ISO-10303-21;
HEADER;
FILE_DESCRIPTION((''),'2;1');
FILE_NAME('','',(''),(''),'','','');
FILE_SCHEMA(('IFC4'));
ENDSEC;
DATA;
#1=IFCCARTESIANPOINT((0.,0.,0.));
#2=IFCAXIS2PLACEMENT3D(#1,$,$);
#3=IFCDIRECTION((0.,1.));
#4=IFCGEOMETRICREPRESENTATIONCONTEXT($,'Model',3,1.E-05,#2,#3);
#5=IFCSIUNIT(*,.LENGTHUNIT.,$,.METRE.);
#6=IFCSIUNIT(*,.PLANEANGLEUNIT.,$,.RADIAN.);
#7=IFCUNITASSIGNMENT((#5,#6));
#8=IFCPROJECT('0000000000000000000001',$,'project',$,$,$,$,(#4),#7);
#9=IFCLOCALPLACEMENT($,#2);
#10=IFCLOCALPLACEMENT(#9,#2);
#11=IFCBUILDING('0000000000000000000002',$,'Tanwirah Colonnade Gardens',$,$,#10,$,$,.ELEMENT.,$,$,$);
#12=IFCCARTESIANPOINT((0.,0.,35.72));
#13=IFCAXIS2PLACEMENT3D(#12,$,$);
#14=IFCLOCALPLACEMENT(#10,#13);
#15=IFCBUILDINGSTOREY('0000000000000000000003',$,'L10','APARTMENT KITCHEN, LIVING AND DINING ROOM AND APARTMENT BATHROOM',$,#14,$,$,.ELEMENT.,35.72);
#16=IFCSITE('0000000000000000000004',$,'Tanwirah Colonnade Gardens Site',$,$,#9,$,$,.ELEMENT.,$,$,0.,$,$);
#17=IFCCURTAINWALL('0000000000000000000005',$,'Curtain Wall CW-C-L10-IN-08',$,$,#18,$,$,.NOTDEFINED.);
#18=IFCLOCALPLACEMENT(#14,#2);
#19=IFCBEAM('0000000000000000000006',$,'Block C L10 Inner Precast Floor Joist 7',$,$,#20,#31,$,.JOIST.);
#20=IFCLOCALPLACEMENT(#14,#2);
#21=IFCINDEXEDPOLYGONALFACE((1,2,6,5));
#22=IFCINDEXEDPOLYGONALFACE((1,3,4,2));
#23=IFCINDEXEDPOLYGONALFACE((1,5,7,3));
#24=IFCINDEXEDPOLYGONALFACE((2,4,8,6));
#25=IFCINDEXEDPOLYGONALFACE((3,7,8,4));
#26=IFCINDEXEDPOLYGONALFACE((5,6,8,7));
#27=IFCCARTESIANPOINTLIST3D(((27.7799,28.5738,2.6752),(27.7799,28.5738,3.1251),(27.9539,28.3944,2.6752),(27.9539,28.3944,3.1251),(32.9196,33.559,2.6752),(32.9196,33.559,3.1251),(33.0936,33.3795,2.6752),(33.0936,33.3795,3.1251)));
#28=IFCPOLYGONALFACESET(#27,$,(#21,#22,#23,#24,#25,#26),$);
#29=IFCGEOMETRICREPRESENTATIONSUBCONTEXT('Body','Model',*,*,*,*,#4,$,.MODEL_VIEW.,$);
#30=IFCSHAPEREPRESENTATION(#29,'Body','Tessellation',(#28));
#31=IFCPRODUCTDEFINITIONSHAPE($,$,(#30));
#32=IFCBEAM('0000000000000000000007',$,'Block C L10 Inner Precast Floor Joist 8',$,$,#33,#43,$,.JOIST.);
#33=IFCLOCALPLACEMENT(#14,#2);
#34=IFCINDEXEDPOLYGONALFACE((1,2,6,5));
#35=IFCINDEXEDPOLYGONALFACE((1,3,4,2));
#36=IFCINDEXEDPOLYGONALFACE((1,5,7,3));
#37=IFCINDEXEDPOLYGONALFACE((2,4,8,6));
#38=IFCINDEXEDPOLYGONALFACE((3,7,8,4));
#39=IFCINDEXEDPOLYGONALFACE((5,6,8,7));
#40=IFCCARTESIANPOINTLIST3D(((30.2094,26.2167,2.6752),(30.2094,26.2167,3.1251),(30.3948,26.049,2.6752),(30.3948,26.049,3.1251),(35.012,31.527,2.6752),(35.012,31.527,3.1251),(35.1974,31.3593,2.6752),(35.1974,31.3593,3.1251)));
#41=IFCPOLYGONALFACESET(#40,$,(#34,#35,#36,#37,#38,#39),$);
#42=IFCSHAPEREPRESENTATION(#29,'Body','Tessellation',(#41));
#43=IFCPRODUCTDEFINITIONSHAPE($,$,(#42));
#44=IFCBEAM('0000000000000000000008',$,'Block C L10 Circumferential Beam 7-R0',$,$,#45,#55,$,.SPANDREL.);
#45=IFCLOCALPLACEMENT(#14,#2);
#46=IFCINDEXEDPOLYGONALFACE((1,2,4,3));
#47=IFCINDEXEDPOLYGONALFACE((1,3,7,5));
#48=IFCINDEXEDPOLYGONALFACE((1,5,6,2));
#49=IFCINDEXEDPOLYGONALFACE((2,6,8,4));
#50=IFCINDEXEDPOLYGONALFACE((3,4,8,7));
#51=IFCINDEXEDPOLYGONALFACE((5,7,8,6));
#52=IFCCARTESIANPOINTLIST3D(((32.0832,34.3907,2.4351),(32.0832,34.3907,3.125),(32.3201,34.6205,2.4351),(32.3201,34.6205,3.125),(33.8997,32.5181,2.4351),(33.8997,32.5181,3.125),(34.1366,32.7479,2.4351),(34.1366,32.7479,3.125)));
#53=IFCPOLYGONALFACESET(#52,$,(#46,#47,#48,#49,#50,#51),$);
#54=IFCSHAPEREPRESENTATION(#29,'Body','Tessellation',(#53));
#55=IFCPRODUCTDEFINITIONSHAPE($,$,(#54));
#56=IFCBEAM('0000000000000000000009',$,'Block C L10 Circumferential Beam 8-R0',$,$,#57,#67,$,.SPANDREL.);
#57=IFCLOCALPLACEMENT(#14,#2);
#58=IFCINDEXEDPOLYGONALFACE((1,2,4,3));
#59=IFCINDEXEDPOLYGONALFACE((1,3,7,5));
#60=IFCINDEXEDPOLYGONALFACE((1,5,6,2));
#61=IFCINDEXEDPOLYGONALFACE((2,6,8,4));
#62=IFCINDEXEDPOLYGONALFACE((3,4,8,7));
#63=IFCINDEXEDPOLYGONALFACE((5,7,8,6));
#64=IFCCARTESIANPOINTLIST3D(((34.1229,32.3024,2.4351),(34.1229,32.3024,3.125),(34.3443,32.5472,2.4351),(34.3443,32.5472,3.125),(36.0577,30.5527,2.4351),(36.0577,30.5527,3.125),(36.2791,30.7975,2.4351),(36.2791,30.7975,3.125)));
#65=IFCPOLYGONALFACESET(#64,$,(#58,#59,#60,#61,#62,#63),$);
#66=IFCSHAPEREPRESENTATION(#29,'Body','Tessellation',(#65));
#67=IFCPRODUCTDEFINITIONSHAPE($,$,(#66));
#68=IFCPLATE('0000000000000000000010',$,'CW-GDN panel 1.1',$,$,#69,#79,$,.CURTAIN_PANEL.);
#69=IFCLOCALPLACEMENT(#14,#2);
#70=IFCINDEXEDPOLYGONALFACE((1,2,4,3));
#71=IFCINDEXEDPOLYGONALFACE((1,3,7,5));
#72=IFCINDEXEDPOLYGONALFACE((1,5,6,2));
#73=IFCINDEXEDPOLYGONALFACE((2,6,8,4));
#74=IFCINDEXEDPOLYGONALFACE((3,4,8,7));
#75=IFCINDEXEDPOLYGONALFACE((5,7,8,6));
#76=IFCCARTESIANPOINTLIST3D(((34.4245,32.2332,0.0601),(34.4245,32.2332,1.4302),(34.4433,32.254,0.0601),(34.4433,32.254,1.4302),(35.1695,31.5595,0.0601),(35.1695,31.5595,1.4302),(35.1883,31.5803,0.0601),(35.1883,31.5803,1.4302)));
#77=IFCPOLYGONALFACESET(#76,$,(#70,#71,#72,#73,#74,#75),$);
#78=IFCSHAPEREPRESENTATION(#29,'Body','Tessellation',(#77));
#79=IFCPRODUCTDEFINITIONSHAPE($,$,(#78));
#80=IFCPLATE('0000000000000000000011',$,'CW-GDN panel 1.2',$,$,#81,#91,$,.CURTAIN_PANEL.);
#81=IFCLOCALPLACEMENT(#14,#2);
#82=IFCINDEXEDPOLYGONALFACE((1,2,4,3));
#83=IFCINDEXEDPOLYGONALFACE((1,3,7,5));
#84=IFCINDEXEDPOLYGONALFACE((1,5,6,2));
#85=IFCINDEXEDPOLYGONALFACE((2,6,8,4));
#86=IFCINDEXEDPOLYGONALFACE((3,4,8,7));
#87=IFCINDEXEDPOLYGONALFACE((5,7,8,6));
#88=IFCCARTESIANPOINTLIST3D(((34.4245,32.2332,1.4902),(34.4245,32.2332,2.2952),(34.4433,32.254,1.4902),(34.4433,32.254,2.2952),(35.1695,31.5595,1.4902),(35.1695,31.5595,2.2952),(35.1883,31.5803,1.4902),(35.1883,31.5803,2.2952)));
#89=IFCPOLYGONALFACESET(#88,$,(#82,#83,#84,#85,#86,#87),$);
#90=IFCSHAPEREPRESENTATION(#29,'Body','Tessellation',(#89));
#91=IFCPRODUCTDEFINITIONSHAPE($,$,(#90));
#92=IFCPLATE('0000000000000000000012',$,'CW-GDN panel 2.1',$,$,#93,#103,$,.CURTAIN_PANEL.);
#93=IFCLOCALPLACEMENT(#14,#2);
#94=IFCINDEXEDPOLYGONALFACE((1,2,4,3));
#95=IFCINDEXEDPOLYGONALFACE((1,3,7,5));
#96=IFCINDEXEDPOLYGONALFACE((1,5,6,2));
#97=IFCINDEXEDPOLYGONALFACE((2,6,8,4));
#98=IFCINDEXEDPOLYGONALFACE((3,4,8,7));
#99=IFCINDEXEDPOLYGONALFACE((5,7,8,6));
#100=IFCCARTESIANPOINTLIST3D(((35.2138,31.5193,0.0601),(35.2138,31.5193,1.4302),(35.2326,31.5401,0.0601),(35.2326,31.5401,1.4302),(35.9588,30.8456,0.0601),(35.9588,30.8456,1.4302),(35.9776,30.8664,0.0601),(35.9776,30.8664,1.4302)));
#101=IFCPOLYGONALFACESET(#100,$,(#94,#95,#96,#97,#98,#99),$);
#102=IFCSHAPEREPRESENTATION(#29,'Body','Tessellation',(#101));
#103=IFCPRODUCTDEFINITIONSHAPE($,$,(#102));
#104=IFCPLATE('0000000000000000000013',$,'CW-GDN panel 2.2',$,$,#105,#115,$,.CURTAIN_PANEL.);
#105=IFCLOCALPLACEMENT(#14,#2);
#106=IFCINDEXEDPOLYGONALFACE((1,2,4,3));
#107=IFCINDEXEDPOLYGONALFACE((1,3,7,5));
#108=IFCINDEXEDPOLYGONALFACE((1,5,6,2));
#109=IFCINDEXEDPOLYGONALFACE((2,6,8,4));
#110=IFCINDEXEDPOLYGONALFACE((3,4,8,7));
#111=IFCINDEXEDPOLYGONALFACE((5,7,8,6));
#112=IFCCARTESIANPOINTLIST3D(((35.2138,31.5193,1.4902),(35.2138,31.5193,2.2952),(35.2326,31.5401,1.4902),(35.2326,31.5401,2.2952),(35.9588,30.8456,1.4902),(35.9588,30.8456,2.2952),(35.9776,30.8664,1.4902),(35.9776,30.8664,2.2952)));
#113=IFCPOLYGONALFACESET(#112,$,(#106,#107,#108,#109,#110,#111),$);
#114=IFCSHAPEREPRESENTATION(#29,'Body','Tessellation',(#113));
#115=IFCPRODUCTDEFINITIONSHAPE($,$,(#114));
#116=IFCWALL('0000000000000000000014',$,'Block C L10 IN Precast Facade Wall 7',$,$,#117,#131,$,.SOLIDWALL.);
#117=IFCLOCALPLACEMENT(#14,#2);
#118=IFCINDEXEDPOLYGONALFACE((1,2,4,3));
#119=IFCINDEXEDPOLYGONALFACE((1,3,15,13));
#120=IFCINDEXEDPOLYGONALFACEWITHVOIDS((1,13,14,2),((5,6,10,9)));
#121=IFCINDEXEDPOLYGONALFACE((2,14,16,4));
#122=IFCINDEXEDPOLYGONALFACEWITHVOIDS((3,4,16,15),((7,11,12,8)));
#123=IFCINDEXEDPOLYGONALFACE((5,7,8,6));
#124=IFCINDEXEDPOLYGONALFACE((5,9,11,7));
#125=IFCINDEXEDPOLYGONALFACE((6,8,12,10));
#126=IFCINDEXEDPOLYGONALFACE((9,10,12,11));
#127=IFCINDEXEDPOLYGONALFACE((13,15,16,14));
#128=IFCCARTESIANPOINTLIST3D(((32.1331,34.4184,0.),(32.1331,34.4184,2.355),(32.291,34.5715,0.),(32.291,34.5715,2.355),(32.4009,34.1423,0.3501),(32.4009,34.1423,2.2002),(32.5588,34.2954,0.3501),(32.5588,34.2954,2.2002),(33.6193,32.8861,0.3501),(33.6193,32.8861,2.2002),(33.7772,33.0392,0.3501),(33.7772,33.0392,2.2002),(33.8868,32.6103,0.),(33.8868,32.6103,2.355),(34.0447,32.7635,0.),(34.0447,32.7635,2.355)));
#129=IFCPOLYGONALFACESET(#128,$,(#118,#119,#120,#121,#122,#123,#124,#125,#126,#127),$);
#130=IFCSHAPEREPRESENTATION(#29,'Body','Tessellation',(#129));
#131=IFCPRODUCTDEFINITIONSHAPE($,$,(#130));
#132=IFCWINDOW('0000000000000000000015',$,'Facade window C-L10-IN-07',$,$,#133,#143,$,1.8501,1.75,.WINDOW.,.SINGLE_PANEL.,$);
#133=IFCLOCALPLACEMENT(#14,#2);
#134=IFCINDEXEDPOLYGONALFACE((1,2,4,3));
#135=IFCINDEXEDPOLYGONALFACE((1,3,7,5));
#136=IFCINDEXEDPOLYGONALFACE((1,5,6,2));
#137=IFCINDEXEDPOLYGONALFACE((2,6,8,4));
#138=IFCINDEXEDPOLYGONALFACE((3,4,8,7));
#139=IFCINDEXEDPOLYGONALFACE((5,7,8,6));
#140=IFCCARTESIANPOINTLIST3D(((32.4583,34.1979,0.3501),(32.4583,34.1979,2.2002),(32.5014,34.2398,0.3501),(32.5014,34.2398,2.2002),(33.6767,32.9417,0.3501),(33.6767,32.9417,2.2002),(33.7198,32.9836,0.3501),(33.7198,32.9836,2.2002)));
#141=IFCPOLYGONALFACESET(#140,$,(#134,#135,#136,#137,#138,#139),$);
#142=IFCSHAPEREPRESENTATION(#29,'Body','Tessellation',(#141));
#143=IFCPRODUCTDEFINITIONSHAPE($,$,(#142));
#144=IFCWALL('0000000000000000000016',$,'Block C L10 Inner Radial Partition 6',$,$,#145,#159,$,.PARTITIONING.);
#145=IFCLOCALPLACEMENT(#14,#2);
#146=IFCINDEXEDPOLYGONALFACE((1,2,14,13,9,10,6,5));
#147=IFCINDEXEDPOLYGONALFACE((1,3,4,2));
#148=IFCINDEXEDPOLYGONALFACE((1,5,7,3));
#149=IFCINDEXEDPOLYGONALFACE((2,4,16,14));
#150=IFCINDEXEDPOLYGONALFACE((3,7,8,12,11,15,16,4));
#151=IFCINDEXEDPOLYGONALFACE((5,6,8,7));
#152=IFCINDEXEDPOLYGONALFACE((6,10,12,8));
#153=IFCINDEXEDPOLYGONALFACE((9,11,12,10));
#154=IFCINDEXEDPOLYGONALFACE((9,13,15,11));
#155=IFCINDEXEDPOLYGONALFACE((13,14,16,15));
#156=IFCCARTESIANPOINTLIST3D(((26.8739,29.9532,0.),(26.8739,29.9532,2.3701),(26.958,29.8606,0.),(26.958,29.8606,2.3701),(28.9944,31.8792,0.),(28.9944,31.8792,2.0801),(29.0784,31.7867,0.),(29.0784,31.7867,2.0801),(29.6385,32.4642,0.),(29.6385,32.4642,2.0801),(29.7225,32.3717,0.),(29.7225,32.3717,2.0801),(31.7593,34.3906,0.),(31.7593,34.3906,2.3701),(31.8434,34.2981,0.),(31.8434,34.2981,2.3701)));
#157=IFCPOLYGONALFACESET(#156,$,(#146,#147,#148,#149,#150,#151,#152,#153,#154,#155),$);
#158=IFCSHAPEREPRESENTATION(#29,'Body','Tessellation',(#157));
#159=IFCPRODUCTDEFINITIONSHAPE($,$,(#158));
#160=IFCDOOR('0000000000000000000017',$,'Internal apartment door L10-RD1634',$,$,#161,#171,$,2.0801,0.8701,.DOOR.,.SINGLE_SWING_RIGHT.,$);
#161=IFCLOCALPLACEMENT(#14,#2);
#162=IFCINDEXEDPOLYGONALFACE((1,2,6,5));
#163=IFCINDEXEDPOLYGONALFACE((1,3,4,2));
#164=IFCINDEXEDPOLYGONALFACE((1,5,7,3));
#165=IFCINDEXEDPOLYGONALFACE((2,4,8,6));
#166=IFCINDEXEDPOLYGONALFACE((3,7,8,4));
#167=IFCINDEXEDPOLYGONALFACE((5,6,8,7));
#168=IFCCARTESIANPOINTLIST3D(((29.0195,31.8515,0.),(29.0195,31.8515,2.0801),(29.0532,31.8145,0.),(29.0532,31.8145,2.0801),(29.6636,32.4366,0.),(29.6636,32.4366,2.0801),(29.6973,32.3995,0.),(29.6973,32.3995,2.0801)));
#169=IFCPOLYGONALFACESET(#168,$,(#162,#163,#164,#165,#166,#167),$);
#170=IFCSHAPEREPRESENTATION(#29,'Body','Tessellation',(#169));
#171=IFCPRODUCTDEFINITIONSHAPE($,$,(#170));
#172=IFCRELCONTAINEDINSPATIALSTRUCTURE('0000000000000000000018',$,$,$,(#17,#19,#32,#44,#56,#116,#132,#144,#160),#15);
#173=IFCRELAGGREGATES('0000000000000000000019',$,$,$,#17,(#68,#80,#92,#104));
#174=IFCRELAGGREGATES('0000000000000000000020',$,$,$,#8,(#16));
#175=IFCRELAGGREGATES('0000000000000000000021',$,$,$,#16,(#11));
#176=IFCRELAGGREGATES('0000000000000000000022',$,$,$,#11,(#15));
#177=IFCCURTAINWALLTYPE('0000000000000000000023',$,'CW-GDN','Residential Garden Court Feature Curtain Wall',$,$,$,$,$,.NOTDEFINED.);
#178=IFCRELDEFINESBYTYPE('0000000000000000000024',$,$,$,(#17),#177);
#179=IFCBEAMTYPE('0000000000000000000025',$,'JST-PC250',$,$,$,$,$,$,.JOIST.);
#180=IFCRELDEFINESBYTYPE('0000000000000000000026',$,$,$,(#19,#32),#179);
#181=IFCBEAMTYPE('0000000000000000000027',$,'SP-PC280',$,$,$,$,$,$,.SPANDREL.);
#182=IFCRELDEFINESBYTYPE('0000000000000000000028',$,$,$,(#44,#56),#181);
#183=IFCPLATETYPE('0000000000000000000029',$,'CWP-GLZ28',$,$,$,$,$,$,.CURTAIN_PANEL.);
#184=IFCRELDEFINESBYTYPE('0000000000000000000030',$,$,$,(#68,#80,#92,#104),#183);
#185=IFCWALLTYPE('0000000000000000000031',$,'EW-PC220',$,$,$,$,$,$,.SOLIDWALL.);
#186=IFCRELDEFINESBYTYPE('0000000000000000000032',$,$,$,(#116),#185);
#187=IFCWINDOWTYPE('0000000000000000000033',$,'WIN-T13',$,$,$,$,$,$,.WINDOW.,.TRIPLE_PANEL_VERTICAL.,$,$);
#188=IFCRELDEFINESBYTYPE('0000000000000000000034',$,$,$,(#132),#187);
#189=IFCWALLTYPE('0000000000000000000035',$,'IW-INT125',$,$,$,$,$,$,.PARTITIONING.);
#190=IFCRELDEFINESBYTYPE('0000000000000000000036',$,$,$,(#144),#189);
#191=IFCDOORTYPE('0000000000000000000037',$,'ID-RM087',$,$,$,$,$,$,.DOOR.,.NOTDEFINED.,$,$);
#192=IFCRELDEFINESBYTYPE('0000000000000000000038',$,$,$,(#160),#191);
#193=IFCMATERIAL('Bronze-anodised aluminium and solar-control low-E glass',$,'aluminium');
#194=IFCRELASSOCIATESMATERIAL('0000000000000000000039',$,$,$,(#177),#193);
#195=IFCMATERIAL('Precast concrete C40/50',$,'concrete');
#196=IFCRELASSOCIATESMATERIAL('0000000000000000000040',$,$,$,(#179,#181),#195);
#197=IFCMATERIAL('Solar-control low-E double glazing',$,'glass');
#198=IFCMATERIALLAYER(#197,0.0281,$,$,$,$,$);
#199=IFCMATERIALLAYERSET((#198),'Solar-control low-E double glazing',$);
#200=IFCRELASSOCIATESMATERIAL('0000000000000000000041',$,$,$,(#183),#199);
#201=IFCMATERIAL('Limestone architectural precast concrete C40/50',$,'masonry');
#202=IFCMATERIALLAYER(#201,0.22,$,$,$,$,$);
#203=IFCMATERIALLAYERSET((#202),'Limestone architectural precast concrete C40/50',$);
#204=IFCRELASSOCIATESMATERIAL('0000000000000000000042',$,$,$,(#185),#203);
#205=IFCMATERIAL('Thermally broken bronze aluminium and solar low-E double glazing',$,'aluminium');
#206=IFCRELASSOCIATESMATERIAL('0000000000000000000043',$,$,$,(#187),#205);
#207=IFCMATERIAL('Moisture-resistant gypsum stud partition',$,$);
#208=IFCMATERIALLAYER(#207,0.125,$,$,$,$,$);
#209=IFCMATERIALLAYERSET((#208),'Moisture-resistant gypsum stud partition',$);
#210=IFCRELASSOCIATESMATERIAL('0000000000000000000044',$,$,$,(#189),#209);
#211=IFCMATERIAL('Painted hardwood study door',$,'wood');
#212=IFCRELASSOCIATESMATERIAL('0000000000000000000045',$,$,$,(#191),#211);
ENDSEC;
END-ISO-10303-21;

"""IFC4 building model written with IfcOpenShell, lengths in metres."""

from ifc_helpers import new_model, si_unit, direction, frame, frame_2d, origin, origin_2d, place, context, subcontext, project, spatial, rectangle, extrude, material, layer, layer_set, material_profile, profile_set, type_object, element, fill, aggregate, save


model = new_model("IFC4")

# Units and contexts
model_context = context("Model", 3, precision=1e-05, world=origin(), true_north=direction((0.0, 1.0)))
body_context = subcontext(model_context, "Body", "Model", "MODEL_VIEW")
ifc_project = project(units=[si_unit("LENGTHUNIT", "METRE"), si_unit("PLANEANGLEUNIT", "RADIAN")], contexts=[model_context])

# Site, building, storey
site_placement = place(None, origin())
site = spatial("IfcSite", under=ifc_project, at=site_placement, Name="Tanwirah Colonnade Gardens Site", CompositionType="ELEMENT", RefElevation=0.0)
building_placement = place(site_placement, origin())
building = spatial("IfcBuilding", under=site, at=building_placement, Name="Tanwirah Colonnade Gardens", CompositionType="ELEMENT")
storey_placement = place(building_placement, frame((0.0, 0.0, 35.72)))
storey = spatial("IfcBuildingStorey", under=building, at=storey_placement, Name="L10", Description="APARTMENT KITCHEN, LIVING AND DINING ROOM AND APARTMENT BATHROOM", CompositionType="ELEMENT", Elevation=35.72)

# Shared definitions
ifc_material_1 = material(Name="Precast concrete C40/50", Category="concrete")

# Curtain wall
ifc_material_2 = material(Name="Bronze-anodised aluminium and solar-control low-E glass", Category="aluminium")
curtain_wall_type = type_object("IfcCurtainWallType", Name="CW-GDN", Description="Residential Garden Court Feature Curtain Wall", PredefinedType="NOTDEFINED", material=ifc_material_2)
curtain_wall_placement = place(storey_placement, origin())
curtain_wall = element("IfcCurtainWall", 1, at=curtain_wall_placement, inside=storey, type_object=curtain_wall_type, Name="Curtain Wall CW-C-L10-IN-08", PredefinedType="NOTDEFINED")

# Beams
ifc_material_profile_1 = material_profile(ifc_material_1, rectangle(XDim=0.25, YDim=0.45, at=origin_2d()), Name="PC-JST 250x450")
ifc_profile_set_1 = profile_set([ifc_material_profile_1], Name="Precast concrete C40/50")
beam_type_1 = type_object("IfcBeamType", Name="JST-PC250", PredefinedType="JOIST", material=ifc_profile_set_1)
beam_1_placement = place(storey_placement, frame((33.0066, 33.4692, 2.9001), z_axis=(-0.717816, -0.696233, 0.0), x_axis=(0.696233, -0.717816, 0.0)))
element("IfcBeam", 2, at=beam_1_placement, inside=storey, type_object=beam_type_1, Name="Block C L10 Inner Precast Floor Joist 7", PredefinedType="JOIST", context=body_context, shape_type="SweptSolid", body=[
    extrude(rectangle(XDim=0.25, YDim=0.45, at=origin_2d()), origin(), (0.0, 0.0, 1.0), 7.1602),
])
beam_2_placement = place(storey_placement, frame((35.1047, 31.4431, 2.9001), z_axis=(-0.670773, -0.741663, 0.0), x_axis=(0.741663, -0.670773, 0.0)))
element("IfcBeam", 3, at=beam_2_placement, inside=storey, type_object=beam_type_1, Name="Block C L10 Inner Precast Floor Joist 8", PredefinedType="JOIST", context=body_context, shape_type="SweptSolid", body=[
    extrude(rectangle(XDim=0.25, YDim=0.45, at=origin_2d()), origin(), (0.0, 0.0, 1.0), 7.1599),
])
ifc_material_profile_2 = material_profile(ifc_material_1, rectangle(XDim=0.3301, YDim=0.6899, at=origin_2d()), Name="PC-SP 330x690")
ifc_profile_set_2 = profile_set([ifc_material_profile_2], Name="Precast concrete C40/50")
beam_type_2 = type_object("IfcBeamType", Name="SP-PC280", PredefinedType="SPANDREL", material=ifc_profile_set_2)
beam_3_placement = place(storey_placement, frame((32.2017, 34.5056, 2.78), z_axis=(0.696263, -0.717787, 0.0), x_axis=(0.717787, 0.696263, 0.0)))
element("IfcBeam", 4, at=beam_3_placement, inside=storey, type_object=beam_type_2, Name="Block C L10 Circumferential Beam 7-R0", PredefinedType="SPANDREL", context=body_context, shape_type="SweptSolid", body=[
    extrude(rectangle(XDim=0.3301, YDim=0.6899, at=origin_2d()), origin(), (0.0, 0.0, 1.0), 2.6089),
])
beam_4_placement = place(storey_placement, frame((34.2336, 32.4248, 2.78), z_axis=(0.741687, -0.670747, 0.0), x_axis=(0.670747, 0.741687, 0.0)))
element("IfcBeam", 5, at=beam_4_placement, inside=storey, type_object=beam_type_2, Name="Block C L10 Circumferential Beam 8-R0", PredefinedType="SPANDREL", context=body_context, shape_type="SweptSolid", body=[
    extrude(rectangle(XDim=0.3301, YDim=0.6899, at=origin_2d()), origin(), (0.0, 0.0, 1.0), 2.6086),
])

# Plates
ifc_material_3 = material(Name="Solar-control low-E double glazing", Category="glass")
ifc_layer_1 = layer(ifc_material_3, 0.0281)
ifc_layer_set_1 = layer_set([ifc_layer_1], Name="Solar-control low-E double glazing")
plate_type = type_object("IfcPlateType", Name="CWP-GLZ28", PredefinedType="CURTAIN_PANEL", material=ifc_layer_set_1)
plate_1_placement = place(storey_placement, frame((34.8064, 31.9067, 0.0601), z_axis=(0.0, 0.0, 1.0), x_axis=(0.741683, -0.670751, 0.0)))
plate_1 = element("IfcPlate", 6, at=plate_1_placement, type_object=plate_type, Name="CW-GDN panel 1.1", PredefinedType="CURTAIN_PANEL", context=body_context, shape_type="SweptSolid", body=[
    extrude(rectangle(XDim=1.0044, YDim=0.0281, at=origin_2d()), origin(), (0.0, 0.0, 1.0), 1.3701),
])
plate_2_placement = place(storey_placement, frame((34.8064, 31.9067, 1.4902), z_axis=(0.0, 0.0, 1.0), x_axis=(0.741683, -0.670751, 0.0)))
plate_2 = element("IfcPlate", 7, at=plate_2_placement, type_object=plate_type, Name="CW-GDN panel 1.2", PredefinedType="CURTAIN_PANEL", context=body_context, shape_type="SweptSolid", body=[
    extrude(rectangle(XDim=1.0044, YDim=0.0281, at=origin_2d()), origin(), (0.0, 0.0, 1.0), 0.8049),
])
plate_3_placement = place(storey_placement, frame((35.5957, 31.1929, 0.0601), z_axis=(0.0, 0.0, 1.0), x_axis=(0.741683, -0.670751, 0.0)))
plate_3 = element("IfcPlate", 8, at=plate_3_placement, type_object=plate_type, Name="CW-GDN panel 2.1", PredefinedType="CURTAIN_PANEL", context=body_context, shape_type="SweptSolid", body=[
    extrude(rectangle(XDim=1.0044, YDim=0.0281, at=origin_2d()), origin(), (0.0, 0.0, 1.0), 1.3701),
])
plate_4_placement = place(storey_placement, frame((35.5957, 31.1929, 1.4902), z_axis=(0.0, 0.0, 1.0), x_axis=(0.741683, -0.670751, 0.0)))
plate_4 = element("IfcPlate", 9, at=plate_4_placement, type_object=plate_type, Name="CW-GDN panel 2.2", PredefinedType="CURTAIN_PANEL", context=body_context, shape_type="SweptSolid", body=[
    extrude(rectangle(XDim=1.0044, YDim=0.0281, at=origin_2d()), origin(), (0.0, 0.0, 1.0), 0.8049),
])
aggregate(curtain_wall, [plate_1, plate_2, plate_3, plate_4])

# Wall, opening, window
ifc_material_4 = material(Name="Limestone architectural precast concrete C40/50", Category="masonry")
ifc_layer_2 = layer(ifc_material_4, 0.22)
ifc_layer_set_2 = layer_set([ifc_layer_2], Name="Limestone architectural precast concrete C40/50")
wall_type_1 = type_object("IfcWallType", Name="EW-PC220", PredefinedType="SOLIDWALL", material=ifc_layer_set_2)
wall_1_placement = place(storey_placement, frame((32.2122, 34.4949, 0.0), z_axis=(0.0, 0.0, 1.0), x_axis=(0.696217, -0.717831, 0.0)))
wall_1 = element("IfcWall", 10, at=wall_1_placement, inside=storey, type_object=wall_type_1, Name="Block C L10 IN Precast Facade Wall 7", PredefinedType="SOLIDWALL", context=body_context, shape_type="SweptSolid", body=[
    extrude(rectangle(XDim=2.5188, YDim=0.22, at=frame_2d((1.2593, 0.0))), origin(), (0.0, 0.0, 1.0), 2.355),
])
opening_1_placement = place(wall_1_placement, frame((0.3845, 0.0, 0.3501)))
opening_1 = element("IfcOpeningElement", 11, at=opening_1_placement, cuts=wall_1, PredefinedType="OPENING", context=body_context, shape_type="SweptSolid", body=[
    extrude(rectangle(XDim=1.75, YDim=1.8501, at=frame_2d((0.875, 0.925))), frame((0.0, 0.1199, 0.0), z_axis=(0.0, -1.0, 0.0), x_axis=(1.0, 0.0, 0.0)), (0.0, 0.0, 1.0), 0.24),
])
ifc_material_5 = material(Name="Thermally broken bronze aluminium and solar low-E double glazing", Category="aluminium")
window_type = type_object("IfcWindowType", Name="WIN-T13", PartitioningType="TRIPLE_PANEL_VERTICAL", PredefinedType="WINDOW", material=ifc_material_5)
window_placement = place(opening_1_placement, origin())
window = element("IfcWindow", 12, at=window_placement, inside=storey, type_object=window_type, Name="Facade window C-L10-IN-07", OverallHeight=1.8501, OverallWidth=1.75, PartitioningType="SINGLE_PANEL", PredefinedType="WINDOW", context=body_context, shape_type="SweptSolid", body=[
    extrude(rectangle(XDim=1.75, YDim=1.8501, at=frame_2d((0.875, 0.925))), frame((0.0, 0.03, 0.0), z_axis=(0.0, -1.0, 0.0), x_axis=(1.0, 0.0, 0.0)), (0.0, 0.0, 1.0), 0.0601),
])
fill(opening_1, window)

# Wall, opening, door
ifc_material_6 = material(Name="Moisture-resistant gypsum stud partition")
ifc_layer_3 = layer(ifc_material_6, 0.125)
ifc_layer_set_3 = layer_set([ifc_layer_3], Name="Moisture-resistant gypsum stud partition")
wall_type_2 = type_object("IfcWallType", Name="IW-INT125", PredefinedType="PARTITIONING", material=ifc_layer_set_3)
wall_2_placement = place(storey_placement, frame((31.8013, 34.3442, 0.0), z_axis=(0.0, 0.0, 1.0), x_axis=(-0.740231, -0.672352, 0.0)))
wall_2 = element("IfcWall", 13, at=wall_2_placement, inside=storey, type_object=wall_type_2, Name="Block C L10 Inner Radial Partition 6", PredefinedType="PARTITIONING", context=body_context, shape_type="SweptSolid", body=[
    extrude(rectangle(XDim=6.5999, YDim=0.125, at=frame_2d((3.2998, 0.0))), origin(), (0.0, 0.0, 1.0), 2.3701),
])
opening_2_placement = place(wall_2_placement, frame((2.865, 0.0, 0.0)))
opening_2 = element("IfcOpeningElement", 14, at=opening_2_placement, cuts=wall_2, PredefinedType="OPENING", context=body_context, shape_type="SweptSolid", body=[
    extrude(rectangle(XDim=0.8701, YDim=2.0801, at=frame_2d((0.4351, 1.04))), frame((0.0, 0.0725, 0.0), z_axis=(0.0, -1.0, 0.0), x_axis=(1.0, 0.0, 0.0)), (0.0, 0.0, 1.0), 0.145),
])
ifc_material_7 = material(Name="Painted hardwood study door", Category="wood")
door_type_1 = type_object("IfcDoorType", Name="ID-RM087", OperationType="NOTDEFINED", PredefinedType="DOOR", material=ifc_material_7)
door_1_placement = place(opening_2_placement, origin())
door_1 = element("IfcDoor", 15, at=door_1_placement, inside=storey, type_object=door_type_1, Name="Internal apartment door L10-RD1634", OperationType="SINGLE_SWING_RIGHT", OverallHeight=2.0801, OverallWidth=0.8701, PredefinedType="DOOR", context=body_context, shape_type="SweptSolid", body=[
    extrude(rectangle(XDim=0.8701, YDim=2.0801, at=frame_2d((0.4351, 1.04))), frame((0.0, 0.0249, 0.0), z_axis=(0.0, -1.0, 0.0), x_axis=(1.0, 0.0, 0.0)), (0.0, 0.0, 1.0), 0.05),
])
fill(opening_2, door_1)

save(model, "model.ifc")
